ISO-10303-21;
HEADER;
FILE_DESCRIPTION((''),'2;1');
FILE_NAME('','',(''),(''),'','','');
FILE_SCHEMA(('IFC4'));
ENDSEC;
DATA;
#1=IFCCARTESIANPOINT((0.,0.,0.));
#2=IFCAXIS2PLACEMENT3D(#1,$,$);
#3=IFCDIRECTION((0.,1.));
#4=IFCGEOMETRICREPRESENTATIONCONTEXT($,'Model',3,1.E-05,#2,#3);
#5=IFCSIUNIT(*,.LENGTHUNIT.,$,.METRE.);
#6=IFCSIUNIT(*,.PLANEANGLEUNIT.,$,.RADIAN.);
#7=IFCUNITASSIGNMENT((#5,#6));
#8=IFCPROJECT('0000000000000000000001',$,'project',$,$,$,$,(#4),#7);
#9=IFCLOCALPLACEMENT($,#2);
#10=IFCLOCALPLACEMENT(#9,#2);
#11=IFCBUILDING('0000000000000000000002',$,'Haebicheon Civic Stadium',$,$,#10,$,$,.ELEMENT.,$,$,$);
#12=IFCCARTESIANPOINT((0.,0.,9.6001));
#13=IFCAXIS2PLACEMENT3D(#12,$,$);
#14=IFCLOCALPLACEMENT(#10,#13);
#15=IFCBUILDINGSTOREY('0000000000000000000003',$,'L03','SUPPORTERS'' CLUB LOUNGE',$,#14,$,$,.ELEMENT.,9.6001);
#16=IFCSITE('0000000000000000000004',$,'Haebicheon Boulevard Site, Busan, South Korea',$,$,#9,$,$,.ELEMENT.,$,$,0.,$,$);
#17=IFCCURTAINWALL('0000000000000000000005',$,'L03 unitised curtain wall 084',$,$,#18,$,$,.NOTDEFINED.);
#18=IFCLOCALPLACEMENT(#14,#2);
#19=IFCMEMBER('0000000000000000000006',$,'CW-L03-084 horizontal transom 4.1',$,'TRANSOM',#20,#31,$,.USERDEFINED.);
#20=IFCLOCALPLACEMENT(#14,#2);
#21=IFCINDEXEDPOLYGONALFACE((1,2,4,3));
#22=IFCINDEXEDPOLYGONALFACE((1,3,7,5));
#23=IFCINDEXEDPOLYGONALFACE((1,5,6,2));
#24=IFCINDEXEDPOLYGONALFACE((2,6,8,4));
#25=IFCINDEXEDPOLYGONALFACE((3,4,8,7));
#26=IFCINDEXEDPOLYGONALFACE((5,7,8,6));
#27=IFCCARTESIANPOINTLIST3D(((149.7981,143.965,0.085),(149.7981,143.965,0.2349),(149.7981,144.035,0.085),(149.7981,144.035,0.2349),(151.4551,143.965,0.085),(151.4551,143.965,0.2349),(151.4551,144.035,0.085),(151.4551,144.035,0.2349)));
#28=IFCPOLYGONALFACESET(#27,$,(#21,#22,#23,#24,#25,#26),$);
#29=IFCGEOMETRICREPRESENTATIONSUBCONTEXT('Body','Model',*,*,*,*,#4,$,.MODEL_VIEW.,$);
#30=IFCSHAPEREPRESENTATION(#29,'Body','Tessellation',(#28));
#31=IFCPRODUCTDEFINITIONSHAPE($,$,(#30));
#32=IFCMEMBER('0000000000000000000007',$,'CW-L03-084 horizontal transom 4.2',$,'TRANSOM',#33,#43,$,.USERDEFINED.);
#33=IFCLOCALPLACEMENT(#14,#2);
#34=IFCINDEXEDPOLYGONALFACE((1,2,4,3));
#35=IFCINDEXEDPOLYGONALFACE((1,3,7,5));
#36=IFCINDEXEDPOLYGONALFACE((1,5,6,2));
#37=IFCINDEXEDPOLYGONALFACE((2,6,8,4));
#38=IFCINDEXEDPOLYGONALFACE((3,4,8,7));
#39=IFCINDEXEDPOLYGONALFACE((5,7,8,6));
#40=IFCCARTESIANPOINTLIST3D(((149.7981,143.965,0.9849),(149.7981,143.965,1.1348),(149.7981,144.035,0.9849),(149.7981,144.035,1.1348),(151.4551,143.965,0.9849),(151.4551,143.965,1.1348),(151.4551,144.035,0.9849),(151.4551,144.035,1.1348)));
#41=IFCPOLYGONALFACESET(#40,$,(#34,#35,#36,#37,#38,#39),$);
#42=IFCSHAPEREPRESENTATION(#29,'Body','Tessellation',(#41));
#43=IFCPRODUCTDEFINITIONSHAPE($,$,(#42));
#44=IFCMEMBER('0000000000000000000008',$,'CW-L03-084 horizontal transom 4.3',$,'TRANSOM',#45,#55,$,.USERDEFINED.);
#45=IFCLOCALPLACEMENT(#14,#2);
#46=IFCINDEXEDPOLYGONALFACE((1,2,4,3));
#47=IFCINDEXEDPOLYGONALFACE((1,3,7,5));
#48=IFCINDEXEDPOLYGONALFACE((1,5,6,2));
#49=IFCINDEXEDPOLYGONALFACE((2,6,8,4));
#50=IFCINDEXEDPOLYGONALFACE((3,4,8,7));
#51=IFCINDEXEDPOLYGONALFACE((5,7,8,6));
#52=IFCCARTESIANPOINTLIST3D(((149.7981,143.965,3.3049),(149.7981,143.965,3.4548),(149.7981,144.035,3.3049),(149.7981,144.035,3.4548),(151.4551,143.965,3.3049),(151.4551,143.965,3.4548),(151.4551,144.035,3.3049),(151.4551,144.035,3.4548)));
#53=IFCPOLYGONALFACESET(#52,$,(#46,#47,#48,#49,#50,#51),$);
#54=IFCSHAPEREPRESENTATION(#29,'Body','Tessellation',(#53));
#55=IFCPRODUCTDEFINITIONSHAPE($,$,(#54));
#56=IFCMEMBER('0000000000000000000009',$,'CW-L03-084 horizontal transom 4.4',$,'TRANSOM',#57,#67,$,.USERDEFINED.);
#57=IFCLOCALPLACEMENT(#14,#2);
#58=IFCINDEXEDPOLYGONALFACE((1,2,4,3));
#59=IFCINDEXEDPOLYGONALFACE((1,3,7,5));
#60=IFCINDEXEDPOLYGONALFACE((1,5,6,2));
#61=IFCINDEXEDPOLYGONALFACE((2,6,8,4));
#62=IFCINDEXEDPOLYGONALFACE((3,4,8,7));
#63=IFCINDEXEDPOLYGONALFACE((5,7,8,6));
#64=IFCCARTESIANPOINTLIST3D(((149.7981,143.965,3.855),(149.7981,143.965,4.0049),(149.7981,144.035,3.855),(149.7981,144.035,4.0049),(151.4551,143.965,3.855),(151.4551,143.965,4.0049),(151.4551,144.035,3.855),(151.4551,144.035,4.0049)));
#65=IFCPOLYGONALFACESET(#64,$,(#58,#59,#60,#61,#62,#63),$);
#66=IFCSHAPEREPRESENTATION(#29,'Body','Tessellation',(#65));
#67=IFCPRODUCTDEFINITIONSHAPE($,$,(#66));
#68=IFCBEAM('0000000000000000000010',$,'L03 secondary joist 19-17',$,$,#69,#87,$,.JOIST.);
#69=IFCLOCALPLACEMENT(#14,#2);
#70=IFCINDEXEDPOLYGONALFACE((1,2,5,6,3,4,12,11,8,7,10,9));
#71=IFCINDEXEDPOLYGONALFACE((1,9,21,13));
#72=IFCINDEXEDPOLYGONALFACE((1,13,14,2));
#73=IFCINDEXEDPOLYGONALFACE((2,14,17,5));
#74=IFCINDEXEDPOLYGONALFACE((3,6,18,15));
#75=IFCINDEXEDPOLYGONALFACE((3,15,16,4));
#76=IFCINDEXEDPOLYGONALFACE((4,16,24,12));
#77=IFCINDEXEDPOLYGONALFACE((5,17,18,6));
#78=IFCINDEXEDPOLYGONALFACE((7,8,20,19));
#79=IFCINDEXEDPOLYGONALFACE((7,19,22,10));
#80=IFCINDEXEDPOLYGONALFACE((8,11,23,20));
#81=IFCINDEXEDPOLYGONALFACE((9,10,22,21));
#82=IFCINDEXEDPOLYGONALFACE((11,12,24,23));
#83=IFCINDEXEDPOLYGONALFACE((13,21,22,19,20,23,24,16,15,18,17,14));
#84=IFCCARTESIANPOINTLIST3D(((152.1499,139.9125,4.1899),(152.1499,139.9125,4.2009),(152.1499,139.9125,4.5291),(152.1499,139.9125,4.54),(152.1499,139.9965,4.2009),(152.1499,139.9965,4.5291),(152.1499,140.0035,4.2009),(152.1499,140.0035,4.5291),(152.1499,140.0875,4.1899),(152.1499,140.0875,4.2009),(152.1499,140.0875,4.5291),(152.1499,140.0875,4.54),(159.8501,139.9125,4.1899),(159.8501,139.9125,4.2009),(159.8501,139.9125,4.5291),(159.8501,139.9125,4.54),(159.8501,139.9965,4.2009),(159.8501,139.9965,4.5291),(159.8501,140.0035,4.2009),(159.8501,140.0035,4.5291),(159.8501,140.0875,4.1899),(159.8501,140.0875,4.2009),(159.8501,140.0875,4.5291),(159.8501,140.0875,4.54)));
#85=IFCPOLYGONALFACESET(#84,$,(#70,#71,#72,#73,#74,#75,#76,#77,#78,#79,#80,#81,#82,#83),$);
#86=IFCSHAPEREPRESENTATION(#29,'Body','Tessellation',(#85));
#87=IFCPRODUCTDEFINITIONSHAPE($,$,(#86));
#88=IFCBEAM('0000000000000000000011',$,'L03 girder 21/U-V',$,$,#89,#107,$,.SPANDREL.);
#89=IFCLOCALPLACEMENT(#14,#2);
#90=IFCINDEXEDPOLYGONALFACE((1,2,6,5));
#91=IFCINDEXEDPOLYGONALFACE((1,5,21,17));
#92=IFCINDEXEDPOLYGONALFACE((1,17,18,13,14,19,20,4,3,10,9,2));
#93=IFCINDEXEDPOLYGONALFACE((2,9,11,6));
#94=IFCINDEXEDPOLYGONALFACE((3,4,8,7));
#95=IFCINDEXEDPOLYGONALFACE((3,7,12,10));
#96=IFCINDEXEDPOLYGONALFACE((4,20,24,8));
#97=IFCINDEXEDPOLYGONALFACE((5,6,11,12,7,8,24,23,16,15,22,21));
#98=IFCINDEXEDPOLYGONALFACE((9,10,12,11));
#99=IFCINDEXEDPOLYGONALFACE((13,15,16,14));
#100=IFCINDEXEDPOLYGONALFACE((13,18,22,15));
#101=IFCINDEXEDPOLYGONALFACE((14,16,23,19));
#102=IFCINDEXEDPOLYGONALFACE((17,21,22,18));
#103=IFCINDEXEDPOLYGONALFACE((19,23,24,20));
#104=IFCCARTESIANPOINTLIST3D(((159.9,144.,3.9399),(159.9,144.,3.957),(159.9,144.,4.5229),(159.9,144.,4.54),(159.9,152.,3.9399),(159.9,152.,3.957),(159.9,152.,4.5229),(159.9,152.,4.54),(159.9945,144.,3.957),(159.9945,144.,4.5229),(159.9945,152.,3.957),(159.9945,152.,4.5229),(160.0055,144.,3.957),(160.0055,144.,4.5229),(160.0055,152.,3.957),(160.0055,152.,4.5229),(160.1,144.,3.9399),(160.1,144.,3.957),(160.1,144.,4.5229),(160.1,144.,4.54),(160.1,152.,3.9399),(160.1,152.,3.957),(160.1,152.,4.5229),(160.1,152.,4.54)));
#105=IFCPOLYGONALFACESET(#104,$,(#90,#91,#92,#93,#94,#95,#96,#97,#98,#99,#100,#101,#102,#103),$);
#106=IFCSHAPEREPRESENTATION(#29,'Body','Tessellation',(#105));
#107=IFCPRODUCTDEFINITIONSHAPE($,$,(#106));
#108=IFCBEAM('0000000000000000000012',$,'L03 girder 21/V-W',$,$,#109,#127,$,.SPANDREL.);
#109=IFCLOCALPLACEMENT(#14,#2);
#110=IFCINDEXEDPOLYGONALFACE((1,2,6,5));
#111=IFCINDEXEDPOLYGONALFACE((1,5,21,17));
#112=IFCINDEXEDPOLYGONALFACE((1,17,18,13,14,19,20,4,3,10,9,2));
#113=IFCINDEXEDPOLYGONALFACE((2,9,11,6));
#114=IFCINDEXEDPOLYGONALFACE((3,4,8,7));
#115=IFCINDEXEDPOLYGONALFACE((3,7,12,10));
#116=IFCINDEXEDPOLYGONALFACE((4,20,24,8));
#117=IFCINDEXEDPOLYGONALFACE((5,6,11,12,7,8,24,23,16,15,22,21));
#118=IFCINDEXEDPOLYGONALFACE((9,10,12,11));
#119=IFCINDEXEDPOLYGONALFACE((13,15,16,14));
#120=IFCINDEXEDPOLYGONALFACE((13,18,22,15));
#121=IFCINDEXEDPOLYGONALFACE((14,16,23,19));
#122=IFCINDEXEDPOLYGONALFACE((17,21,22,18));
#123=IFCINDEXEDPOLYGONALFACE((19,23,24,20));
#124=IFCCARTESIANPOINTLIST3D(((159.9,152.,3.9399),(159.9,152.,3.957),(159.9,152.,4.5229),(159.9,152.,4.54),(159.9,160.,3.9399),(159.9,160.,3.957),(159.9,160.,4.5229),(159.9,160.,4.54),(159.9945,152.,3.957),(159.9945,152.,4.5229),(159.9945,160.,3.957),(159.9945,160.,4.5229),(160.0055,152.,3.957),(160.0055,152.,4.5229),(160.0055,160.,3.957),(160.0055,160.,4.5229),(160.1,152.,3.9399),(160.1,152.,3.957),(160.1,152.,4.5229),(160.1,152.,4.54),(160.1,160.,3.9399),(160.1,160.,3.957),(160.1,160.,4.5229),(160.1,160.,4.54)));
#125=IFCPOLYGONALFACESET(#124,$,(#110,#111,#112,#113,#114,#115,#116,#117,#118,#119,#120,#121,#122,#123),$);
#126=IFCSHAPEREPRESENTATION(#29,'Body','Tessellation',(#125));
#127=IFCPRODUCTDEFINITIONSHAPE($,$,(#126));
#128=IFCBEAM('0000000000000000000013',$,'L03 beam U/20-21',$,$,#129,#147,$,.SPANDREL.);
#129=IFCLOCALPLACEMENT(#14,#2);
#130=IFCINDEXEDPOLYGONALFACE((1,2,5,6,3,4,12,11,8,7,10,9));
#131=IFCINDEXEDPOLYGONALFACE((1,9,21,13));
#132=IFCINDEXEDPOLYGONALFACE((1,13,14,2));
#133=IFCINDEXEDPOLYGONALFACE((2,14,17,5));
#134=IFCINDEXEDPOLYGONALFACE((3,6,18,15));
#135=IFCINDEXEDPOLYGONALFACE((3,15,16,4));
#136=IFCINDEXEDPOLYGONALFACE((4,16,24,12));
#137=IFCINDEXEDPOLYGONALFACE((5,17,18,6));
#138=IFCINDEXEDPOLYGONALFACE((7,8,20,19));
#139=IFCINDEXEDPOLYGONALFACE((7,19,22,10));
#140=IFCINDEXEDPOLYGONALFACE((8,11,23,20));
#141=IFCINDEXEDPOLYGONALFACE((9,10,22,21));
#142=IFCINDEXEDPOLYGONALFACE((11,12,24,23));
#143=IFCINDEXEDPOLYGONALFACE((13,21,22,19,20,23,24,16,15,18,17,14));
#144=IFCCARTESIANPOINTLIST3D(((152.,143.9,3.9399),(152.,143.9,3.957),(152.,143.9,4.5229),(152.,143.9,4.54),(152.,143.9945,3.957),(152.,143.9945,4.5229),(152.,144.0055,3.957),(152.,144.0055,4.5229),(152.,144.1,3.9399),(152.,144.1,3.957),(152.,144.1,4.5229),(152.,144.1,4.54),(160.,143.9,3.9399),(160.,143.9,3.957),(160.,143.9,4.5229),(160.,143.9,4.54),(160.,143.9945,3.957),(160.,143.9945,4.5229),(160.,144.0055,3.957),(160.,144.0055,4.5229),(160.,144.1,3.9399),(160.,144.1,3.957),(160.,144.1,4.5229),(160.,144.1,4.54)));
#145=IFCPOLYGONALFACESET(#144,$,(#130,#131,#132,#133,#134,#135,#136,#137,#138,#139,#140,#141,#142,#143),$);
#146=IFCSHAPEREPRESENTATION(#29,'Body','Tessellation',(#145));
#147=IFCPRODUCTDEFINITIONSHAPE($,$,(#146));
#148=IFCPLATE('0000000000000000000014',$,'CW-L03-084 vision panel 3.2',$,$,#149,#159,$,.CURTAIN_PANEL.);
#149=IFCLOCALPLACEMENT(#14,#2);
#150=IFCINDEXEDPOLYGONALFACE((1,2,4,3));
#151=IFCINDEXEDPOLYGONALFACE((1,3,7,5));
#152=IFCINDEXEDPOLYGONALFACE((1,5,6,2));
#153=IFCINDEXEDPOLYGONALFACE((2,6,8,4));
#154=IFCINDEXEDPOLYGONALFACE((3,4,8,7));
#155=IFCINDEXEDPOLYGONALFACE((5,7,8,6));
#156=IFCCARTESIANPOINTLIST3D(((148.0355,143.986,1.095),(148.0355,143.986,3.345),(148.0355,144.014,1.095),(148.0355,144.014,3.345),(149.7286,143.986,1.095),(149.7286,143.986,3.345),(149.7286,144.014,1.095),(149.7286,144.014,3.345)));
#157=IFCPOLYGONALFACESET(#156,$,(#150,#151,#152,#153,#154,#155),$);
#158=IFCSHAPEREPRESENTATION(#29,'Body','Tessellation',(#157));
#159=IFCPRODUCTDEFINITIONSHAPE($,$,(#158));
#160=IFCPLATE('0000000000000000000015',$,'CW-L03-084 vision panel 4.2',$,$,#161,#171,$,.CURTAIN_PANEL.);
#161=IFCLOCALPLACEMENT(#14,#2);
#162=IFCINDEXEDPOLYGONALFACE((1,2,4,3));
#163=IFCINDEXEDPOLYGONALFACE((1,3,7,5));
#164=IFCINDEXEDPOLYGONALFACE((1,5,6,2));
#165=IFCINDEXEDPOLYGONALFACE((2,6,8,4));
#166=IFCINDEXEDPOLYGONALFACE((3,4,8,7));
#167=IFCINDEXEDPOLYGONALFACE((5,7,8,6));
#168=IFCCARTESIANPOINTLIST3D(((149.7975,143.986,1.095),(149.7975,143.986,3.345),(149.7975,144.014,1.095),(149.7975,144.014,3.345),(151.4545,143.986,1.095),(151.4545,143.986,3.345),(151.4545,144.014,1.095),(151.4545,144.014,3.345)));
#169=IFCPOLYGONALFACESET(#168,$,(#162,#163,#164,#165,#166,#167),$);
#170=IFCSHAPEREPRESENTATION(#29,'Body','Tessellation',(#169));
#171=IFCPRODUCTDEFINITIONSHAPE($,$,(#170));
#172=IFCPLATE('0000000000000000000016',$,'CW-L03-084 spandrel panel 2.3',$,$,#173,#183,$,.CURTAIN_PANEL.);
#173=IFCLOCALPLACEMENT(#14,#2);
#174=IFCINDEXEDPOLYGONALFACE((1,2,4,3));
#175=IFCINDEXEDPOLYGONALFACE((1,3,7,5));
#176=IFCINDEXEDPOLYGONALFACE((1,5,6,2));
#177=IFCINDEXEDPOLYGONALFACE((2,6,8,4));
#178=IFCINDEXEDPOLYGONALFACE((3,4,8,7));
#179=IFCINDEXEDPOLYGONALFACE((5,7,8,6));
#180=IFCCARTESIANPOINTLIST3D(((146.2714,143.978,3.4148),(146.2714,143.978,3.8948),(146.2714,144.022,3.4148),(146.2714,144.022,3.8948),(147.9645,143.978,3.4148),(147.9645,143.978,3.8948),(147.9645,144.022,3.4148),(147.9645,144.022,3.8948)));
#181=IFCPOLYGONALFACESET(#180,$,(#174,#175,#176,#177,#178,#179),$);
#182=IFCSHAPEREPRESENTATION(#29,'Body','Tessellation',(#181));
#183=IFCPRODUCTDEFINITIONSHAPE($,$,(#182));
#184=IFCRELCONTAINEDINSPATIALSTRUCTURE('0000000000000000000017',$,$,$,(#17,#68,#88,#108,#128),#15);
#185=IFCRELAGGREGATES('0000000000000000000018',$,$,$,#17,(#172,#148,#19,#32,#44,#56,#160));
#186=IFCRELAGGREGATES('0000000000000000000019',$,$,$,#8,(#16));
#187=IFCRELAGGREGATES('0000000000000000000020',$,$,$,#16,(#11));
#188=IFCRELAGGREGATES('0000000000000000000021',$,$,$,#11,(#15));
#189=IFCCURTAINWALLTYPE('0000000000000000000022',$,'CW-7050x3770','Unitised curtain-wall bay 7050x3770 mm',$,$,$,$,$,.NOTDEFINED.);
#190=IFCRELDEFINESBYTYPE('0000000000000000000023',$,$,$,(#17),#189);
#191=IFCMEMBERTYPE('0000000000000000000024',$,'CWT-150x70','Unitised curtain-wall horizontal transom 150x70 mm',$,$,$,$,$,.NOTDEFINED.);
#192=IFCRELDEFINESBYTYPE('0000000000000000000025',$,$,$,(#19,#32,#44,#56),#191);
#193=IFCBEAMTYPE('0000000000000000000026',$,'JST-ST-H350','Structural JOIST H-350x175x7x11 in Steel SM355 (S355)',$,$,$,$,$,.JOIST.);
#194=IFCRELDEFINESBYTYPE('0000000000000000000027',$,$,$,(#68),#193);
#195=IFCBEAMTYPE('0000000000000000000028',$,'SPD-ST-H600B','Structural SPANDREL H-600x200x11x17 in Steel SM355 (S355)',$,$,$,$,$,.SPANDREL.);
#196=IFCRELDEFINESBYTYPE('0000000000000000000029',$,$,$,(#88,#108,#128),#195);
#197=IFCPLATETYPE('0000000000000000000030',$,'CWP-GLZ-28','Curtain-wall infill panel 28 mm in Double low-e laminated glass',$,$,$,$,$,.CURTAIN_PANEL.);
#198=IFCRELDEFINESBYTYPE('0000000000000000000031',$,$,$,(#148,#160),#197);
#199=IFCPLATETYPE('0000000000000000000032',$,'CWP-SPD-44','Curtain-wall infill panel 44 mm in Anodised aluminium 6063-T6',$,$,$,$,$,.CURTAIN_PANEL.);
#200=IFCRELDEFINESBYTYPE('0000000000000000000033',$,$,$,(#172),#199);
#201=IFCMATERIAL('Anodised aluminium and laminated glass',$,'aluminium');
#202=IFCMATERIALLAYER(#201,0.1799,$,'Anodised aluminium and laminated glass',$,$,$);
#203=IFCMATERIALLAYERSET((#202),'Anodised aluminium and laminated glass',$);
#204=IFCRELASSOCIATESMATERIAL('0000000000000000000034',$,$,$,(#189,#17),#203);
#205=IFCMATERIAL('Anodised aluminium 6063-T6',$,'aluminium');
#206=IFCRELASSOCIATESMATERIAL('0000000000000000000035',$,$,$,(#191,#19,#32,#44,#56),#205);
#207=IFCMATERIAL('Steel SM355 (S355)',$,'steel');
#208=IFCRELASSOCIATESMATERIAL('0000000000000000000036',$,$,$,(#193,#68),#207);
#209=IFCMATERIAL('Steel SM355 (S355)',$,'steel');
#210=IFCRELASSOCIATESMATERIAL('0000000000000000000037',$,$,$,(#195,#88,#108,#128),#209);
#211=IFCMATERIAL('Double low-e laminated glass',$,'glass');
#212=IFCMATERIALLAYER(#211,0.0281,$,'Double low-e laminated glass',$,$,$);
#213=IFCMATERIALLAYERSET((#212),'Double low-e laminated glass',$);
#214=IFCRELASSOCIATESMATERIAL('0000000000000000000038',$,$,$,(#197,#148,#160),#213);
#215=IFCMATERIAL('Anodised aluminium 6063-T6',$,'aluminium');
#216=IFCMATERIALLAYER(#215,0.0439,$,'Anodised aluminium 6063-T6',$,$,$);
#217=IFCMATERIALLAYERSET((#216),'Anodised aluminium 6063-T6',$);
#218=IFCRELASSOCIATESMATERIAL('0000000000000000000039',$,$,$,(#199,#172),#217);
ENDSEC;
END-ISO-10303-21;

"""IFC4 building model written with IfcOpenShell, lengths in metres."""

from ifc_helpers import new_model, si_unit, direction, frame, origin, origin_2d, place, context, subcontext, project, spatial, rectangle, i_section, extrude, material, layer, layer_set, material_profile, profile_set, type_object, element, aggregate, save


model = new_model("IFC4")

# Units and contexts
model_context = context("Model", 3, precision=1e-05, world=origin(), true_north=direction((0.0, 1.0)))
body_context = subcontext(model_context, "Body", "Model", "MODEL_VIEW")
ifc_project = project(units=[si_unit("LENGTHUNIT", "METRE"), si_unit("PLANEANGLEUNIT", "RADIAN")], contexts=[model_context])

# Site, building, storey
site_placement = place(None, origin())
site = spatial("IfcSite", under=ifc_project, at=site_placement, Name="Haebicheon Boulevard Site, Busan, South Korea", CompositionType="ELEMENT", RefElevation=0.0)
building_placement = place(site_placement, origin())
building = spatial("IfcBuilding", under=site, at=building_placement, Name="Haebicheon Civic Stadium", CompositionType="ELEMENT")
storey_placement = place(building_placement, frame((0.0, 0.0, 9.6001)))
storey = spatial("IfcBuildingStorey", under=building, at=storey_placement, Name="L03", Description="SUPPORTERS' CLUB LOUNGE", CompositionType="ELEMENT", Elevation=9.6001)

# Curtain wall, members
ifc_material_1 = material(Name="Anodised aluminium and laminated glass", Category="aluminium")
ifc_layer_1 = layer(ifc_material_1, 0.1799, Name="Anodised aluminium and laminated glass")
ifc_layer_set_1 = layer_set([ifc_layer_1], Name="Anodised aluminium and laminated glass")
curtain_wall_type = type_object("IfcCurtainWallType", Name="CW-7050x3770", Description="Unitised curtain-wall bay 7050x3770 mm", PredefinedType="NOTDEFINED", material=ifc_layer_set_1)
curtain_wall_placement = place(storey_placement, origin())
curtain_wall = element("IfcCurtainWall", 1, at=curtain_wall_placement, inside=storey, type_object=curtain_wall_type, material=ifc_layer_set_1, Name="L03 unitised curtain wall 084", PredefinedType="NOTDEFINED")
ifc_material_2 = material(Name="Anodised aluminium 6063-T6", Category="aluminium")
ifc_material_profile_1 = material_profile(ifc_material_2, rectangle(XDim=0.0701, YDim=0.1499, at=origin_2d()), Name="ALU-TRAN-70x150")
ifc_profile_set_1 = profile_set([ifc_material_profile_1], Name="Anodised aluminium 6063-T6")
member_type_1 = type_object("IfcMemberType", Name="CWT-150x70", Description="Unitised curtain-wall horizontal transom 150x70 mm", PredefinedType="NOTDEFINED", material=ifc_profile_set_1)
member_1_placement = place(storey_placement, frame((149.7981, 144.0, 0.1599), z_axis=(1.0, 0.0, 0.0), x_axis=(0.0, 1.0, 0.0)))
member_1 = element("IfcMember", 2, at=member_1_placement, type_object=member_type_1, material=ifc_profile_set_1, Name="CW-L03-084 horizontal transom 4.1", ObjectType="TRANSOM", PredefinedType="USERDEFINED", context=body_context, shape_type="SweptSolid", body=[
    extrude(rectangle(XDim=0.0701, YDim=0.1499, at=origin_2d()), origin(), (0.0, 0.0, 1.0), 1.657),
])
member_2_placement = place(storey_placement, frame((149.7981, 144.0, 1.0598), z_axis=(1.0, 0.0, 0.0), x_axis=(0.0, 1.0, 0.0)))
member_2 = element("IfcMember", 3, at=member_2_placement, type_object=member_type_1, material=ifc_profile_set_1, Name="CW-L03-084 horizontal transom 4.2", ObjectType="TRANSOM", PredefinedType="USERDEFINED", context=body_context, shape_type="SweptSolid", body=[
    extrude(rectangle(XDim=0.0701, YDim=0.1499, at=origin_2d()), origin(), (0.0, 0.0, 1.0), 1.657),
])
member_3_placement = place(storey_placement, frame((149.7981, 144.0, 3.3799), z_axis=(1.0, 0.0, 0.0), x_axis=(0.0, 1.0, 0.0)))
member_3 = element("IfcMember", 4, at=member_3_placement, type_object=member_type_1, material=ifc_profile_set_1, Name="CW-L03-084 horizontal transom 4.3", ObjectType="TRANSOM", PredefinedType="USERDEFINED", context=body_context, shape_type="SweptSolid", body=[
    extrude(rectangle(XDim=0.0701, YDim=0.1499, at=origin_2d()), origin(), (0.0, 0.0, 1.0), 1.657),
])
member_4_placement = place(storey_placement, frame((149.7981, 144.0, 3.9299), z_axis=(1.0, 0.0, 0.0), x_axis=(0.0, 1.0, 0.0)))
member_4 = element("IfcMember", 5, at=member_4_placement, type_object=member_type_1, material=ifc_profile_set_1, Name="CW-L03-084 horizontal transom 4.4", ObjectType="TRANSOM", PredefinedType="USERDEFINED", context=body_context, shape_type="SweptSolid", body=[
    extrude(rectangle(XDim=0.0701, YDim=0.1499, at=origin_2d()), origin(), (0.0, 0.0, 1.0), 1.657),
])

# Beams
ifc_material_3 = material(Name="Steel SM355 (S355)", Category="steel")
ifc_material_profile_2 = material_profile(ifc_material_3, i_section(OverallWidth=0.175, OverallDepth=0.3501, WebThickness=0.0071, FlangeThickness=0.011, at=origin_2d()), Name="H-350x175x7x11")
ifc_profile_set_2 = profile_set([ifc_material_profile_2], Name="Steel SM355 (S355)")
beam_type_1 = type_object("IfcBeamType", Name="JST-ST-H350", Description="Structural JOIST H-350x175x7x11 in Steel SM355 (S355)", PredefinedType="JOIST", material=ifc_profile_set_2)
beam_placement = place(storey_placement, frame((152.1499, 140.0, 4.365), z_axis=(1.0, 0.0, 0.0), x_axis=(0.0, 1.0, 0.0)))
element("IfcBeam", 6, at=beam_placement, inside=storey, type_object=beam_type_1, material=ifc_profile_set_2, Name="L03 secondary joist 19-17", PredefinedType="JOIST", context=body_context, shape_type="SweptSolid", body=[
    extrude(i_section(OverallWidth=0.175, OverallDepth=0.3501, WebThickness=0.0071, FlangeThickness=0.011, at=origin_2d()), origin(), (0.0, 0.0, 1.0), 7.7002),
])
ifc_material_4 = material(Name="Steel SM355 (S355)", Category="steel")
ifc_material_profile_3 = material_profile(ifc_material_4, i_section(OverallWidth=0.2, OverallDepth=0.6001, WebThickness=0.011, FlangeThickness=0.0171, at=origin_2d()), Name="H-600x200x11x17")
ifc_profile_set_3 = profile_set([ifc_material_profile_3], Name="Steel SM355 (S355)")
beam_type_2 = type_object("IfcBeamType", Name="SPD-ST-H600B", Description="Structural SPANDREL H-600x200x11x17 in Steel SM355 (S355)", PredefinedType="SPANDREL", material=ifc_profile_set_3)
for number, where, z_axis, x_axis, name in (
    (7, (160.0, 144.0, 4.24), (0.0, 1.0, 0.0), (-1.0, 0.0, 0.0), "L03 girder 21/U-V"),
    (8, (160.0, 152.0, 4.24), (0.0, 1.0, 0.0), (-1.0, 0.0, 0.0), "L03 girder 21/V-W"),
    (9, (152.0, 144.0, 4.24), (1.0, 0.0, 0.0), (0.0, 1.0, 0.0), "L03 beam U/20-21"),
):
    element("IfcBeam", number, at=place(storey_placement, frame(where, z_axis=z_axis, x_axis=x_axis)), inside=storey, type_object=beam_type_2, material=ifc_profile_set_3, Name=name, PredefinedType="SPANDREL", context=body_context, shape_type="SweptSolid", body=[
        extrude(i_section(OverallWidth=0.2, OverallDepth=0.6001, WebThickness=0.011, FlangeThickness=0.0171, at=origin_2d()), origin(), (0.0, 0.0, 1.0), 8.0),
    ])

# Plates
ifc_material_5 = material(Name="Double low-e laminated glass", Category="glass")
ifc_layer_2 = layer(ifc_material_5, 0.0281, Name="Double low-e laminated glass")
ifc_layer_set_2 = layer_set([ifc_layer_2], Name="Double low-e laminated glass")
plate_type_1 = type_object("IfcPlateType", Name="CWP-GLZ-28", Description="Curtain-wall infill panel 28 mm in Double low-e laminated glass", PredefinedType="CURTAIN_PANEL", material=ifc_layer_set_2)
plate_1_placement = place(storey_placement, frame((148.8821, 144.0, 1.095), z_axis=(0.0, 0.0, 1.0), x_axis=(1.0, 0.0, 0.0)))
plate_1 = element("IfcPlate", 10, at=plate_1_placement, type_object=plate_type_1, material=ifc_layer_set_2, Name="CW-L03-084 vision panel 3.2", PredefinedType="CURTAIN_PANEL", context=body_context, shape_type="SweptSolid", body=[
    extrude(rectangle(XDim=1.6931, YDim=0.0281, at=origin_2d()), origin(), (0.0, 0.0, 1.0), 2.25),
])
plate_2_placement = place(storey_placement, frame((150.626, 144.0, 1.095), z_axis=(0.0, 0.0, 1.0), x_axis=(1.0, 0.0, 0.0)))
plate_2 = element("IfcPlate", 11, at=plate_2_placement, type_object=plate_type_1, material=ifc_layer_set_2, Name="CW-L03-084 vision panel 4.2", PredefinedType="CURTAIN_PANEL", context=body_context, shape_type="SweptSolid", body=[
    extrude(rectangle(XDim=1.657, YDim=0.0281, at=origin_2d()), origin(), (0.0, 0.0, 1.0), 2.25),
])
ifc_material_6 = material(Name="Anodised aluminium 6063-T6", Category="aluminium")
ifc_layer_3 = layer(ifc_material_6, 0.0439, Name="Anodised aluminium 6063-T6")
ifc_layer_set_3 = layer_set([ifc_layer_3], Name="Anodised aluminium 6063-T6")
plate_type_2 = type_object("IfcPlateType", Name="CWP-SPD-44", Description="Curtain-wall infill panel 44 mm in Anodised aluminium 6063-T6", PredefinedType="CURTAIN_PANEL", material=ifc_layer_set_3)
plate_3_placement = place(storey_placement, frame((147.1179, 144.0, 3.4148), z_axis=(0.0, 0.0, 1.0), x_axis=(1.0, 0.0, 0.0)))
plate_3 = element("IfcPlate", 12, at=plate_3_placement, type_object=plate_type_2, material=ifc_layer_set_3, Name="CW-L03-084 spandrel panel 2.3", PredefinedType="CURTAIN_PANEL", context=body_context, shape_type="SweptSolid", body=[
    extrude(rectangle(XDim=1.6931, YDim=0.0439, at=origin_2d()), origin(), (0.0, 0.0, 1.0), 0.48),
])
aggregate(curtain_wall, [plate_3, plate_1, member_1, member_2, member_3, member_4, plate_2])

save(model, "model.ifc")
